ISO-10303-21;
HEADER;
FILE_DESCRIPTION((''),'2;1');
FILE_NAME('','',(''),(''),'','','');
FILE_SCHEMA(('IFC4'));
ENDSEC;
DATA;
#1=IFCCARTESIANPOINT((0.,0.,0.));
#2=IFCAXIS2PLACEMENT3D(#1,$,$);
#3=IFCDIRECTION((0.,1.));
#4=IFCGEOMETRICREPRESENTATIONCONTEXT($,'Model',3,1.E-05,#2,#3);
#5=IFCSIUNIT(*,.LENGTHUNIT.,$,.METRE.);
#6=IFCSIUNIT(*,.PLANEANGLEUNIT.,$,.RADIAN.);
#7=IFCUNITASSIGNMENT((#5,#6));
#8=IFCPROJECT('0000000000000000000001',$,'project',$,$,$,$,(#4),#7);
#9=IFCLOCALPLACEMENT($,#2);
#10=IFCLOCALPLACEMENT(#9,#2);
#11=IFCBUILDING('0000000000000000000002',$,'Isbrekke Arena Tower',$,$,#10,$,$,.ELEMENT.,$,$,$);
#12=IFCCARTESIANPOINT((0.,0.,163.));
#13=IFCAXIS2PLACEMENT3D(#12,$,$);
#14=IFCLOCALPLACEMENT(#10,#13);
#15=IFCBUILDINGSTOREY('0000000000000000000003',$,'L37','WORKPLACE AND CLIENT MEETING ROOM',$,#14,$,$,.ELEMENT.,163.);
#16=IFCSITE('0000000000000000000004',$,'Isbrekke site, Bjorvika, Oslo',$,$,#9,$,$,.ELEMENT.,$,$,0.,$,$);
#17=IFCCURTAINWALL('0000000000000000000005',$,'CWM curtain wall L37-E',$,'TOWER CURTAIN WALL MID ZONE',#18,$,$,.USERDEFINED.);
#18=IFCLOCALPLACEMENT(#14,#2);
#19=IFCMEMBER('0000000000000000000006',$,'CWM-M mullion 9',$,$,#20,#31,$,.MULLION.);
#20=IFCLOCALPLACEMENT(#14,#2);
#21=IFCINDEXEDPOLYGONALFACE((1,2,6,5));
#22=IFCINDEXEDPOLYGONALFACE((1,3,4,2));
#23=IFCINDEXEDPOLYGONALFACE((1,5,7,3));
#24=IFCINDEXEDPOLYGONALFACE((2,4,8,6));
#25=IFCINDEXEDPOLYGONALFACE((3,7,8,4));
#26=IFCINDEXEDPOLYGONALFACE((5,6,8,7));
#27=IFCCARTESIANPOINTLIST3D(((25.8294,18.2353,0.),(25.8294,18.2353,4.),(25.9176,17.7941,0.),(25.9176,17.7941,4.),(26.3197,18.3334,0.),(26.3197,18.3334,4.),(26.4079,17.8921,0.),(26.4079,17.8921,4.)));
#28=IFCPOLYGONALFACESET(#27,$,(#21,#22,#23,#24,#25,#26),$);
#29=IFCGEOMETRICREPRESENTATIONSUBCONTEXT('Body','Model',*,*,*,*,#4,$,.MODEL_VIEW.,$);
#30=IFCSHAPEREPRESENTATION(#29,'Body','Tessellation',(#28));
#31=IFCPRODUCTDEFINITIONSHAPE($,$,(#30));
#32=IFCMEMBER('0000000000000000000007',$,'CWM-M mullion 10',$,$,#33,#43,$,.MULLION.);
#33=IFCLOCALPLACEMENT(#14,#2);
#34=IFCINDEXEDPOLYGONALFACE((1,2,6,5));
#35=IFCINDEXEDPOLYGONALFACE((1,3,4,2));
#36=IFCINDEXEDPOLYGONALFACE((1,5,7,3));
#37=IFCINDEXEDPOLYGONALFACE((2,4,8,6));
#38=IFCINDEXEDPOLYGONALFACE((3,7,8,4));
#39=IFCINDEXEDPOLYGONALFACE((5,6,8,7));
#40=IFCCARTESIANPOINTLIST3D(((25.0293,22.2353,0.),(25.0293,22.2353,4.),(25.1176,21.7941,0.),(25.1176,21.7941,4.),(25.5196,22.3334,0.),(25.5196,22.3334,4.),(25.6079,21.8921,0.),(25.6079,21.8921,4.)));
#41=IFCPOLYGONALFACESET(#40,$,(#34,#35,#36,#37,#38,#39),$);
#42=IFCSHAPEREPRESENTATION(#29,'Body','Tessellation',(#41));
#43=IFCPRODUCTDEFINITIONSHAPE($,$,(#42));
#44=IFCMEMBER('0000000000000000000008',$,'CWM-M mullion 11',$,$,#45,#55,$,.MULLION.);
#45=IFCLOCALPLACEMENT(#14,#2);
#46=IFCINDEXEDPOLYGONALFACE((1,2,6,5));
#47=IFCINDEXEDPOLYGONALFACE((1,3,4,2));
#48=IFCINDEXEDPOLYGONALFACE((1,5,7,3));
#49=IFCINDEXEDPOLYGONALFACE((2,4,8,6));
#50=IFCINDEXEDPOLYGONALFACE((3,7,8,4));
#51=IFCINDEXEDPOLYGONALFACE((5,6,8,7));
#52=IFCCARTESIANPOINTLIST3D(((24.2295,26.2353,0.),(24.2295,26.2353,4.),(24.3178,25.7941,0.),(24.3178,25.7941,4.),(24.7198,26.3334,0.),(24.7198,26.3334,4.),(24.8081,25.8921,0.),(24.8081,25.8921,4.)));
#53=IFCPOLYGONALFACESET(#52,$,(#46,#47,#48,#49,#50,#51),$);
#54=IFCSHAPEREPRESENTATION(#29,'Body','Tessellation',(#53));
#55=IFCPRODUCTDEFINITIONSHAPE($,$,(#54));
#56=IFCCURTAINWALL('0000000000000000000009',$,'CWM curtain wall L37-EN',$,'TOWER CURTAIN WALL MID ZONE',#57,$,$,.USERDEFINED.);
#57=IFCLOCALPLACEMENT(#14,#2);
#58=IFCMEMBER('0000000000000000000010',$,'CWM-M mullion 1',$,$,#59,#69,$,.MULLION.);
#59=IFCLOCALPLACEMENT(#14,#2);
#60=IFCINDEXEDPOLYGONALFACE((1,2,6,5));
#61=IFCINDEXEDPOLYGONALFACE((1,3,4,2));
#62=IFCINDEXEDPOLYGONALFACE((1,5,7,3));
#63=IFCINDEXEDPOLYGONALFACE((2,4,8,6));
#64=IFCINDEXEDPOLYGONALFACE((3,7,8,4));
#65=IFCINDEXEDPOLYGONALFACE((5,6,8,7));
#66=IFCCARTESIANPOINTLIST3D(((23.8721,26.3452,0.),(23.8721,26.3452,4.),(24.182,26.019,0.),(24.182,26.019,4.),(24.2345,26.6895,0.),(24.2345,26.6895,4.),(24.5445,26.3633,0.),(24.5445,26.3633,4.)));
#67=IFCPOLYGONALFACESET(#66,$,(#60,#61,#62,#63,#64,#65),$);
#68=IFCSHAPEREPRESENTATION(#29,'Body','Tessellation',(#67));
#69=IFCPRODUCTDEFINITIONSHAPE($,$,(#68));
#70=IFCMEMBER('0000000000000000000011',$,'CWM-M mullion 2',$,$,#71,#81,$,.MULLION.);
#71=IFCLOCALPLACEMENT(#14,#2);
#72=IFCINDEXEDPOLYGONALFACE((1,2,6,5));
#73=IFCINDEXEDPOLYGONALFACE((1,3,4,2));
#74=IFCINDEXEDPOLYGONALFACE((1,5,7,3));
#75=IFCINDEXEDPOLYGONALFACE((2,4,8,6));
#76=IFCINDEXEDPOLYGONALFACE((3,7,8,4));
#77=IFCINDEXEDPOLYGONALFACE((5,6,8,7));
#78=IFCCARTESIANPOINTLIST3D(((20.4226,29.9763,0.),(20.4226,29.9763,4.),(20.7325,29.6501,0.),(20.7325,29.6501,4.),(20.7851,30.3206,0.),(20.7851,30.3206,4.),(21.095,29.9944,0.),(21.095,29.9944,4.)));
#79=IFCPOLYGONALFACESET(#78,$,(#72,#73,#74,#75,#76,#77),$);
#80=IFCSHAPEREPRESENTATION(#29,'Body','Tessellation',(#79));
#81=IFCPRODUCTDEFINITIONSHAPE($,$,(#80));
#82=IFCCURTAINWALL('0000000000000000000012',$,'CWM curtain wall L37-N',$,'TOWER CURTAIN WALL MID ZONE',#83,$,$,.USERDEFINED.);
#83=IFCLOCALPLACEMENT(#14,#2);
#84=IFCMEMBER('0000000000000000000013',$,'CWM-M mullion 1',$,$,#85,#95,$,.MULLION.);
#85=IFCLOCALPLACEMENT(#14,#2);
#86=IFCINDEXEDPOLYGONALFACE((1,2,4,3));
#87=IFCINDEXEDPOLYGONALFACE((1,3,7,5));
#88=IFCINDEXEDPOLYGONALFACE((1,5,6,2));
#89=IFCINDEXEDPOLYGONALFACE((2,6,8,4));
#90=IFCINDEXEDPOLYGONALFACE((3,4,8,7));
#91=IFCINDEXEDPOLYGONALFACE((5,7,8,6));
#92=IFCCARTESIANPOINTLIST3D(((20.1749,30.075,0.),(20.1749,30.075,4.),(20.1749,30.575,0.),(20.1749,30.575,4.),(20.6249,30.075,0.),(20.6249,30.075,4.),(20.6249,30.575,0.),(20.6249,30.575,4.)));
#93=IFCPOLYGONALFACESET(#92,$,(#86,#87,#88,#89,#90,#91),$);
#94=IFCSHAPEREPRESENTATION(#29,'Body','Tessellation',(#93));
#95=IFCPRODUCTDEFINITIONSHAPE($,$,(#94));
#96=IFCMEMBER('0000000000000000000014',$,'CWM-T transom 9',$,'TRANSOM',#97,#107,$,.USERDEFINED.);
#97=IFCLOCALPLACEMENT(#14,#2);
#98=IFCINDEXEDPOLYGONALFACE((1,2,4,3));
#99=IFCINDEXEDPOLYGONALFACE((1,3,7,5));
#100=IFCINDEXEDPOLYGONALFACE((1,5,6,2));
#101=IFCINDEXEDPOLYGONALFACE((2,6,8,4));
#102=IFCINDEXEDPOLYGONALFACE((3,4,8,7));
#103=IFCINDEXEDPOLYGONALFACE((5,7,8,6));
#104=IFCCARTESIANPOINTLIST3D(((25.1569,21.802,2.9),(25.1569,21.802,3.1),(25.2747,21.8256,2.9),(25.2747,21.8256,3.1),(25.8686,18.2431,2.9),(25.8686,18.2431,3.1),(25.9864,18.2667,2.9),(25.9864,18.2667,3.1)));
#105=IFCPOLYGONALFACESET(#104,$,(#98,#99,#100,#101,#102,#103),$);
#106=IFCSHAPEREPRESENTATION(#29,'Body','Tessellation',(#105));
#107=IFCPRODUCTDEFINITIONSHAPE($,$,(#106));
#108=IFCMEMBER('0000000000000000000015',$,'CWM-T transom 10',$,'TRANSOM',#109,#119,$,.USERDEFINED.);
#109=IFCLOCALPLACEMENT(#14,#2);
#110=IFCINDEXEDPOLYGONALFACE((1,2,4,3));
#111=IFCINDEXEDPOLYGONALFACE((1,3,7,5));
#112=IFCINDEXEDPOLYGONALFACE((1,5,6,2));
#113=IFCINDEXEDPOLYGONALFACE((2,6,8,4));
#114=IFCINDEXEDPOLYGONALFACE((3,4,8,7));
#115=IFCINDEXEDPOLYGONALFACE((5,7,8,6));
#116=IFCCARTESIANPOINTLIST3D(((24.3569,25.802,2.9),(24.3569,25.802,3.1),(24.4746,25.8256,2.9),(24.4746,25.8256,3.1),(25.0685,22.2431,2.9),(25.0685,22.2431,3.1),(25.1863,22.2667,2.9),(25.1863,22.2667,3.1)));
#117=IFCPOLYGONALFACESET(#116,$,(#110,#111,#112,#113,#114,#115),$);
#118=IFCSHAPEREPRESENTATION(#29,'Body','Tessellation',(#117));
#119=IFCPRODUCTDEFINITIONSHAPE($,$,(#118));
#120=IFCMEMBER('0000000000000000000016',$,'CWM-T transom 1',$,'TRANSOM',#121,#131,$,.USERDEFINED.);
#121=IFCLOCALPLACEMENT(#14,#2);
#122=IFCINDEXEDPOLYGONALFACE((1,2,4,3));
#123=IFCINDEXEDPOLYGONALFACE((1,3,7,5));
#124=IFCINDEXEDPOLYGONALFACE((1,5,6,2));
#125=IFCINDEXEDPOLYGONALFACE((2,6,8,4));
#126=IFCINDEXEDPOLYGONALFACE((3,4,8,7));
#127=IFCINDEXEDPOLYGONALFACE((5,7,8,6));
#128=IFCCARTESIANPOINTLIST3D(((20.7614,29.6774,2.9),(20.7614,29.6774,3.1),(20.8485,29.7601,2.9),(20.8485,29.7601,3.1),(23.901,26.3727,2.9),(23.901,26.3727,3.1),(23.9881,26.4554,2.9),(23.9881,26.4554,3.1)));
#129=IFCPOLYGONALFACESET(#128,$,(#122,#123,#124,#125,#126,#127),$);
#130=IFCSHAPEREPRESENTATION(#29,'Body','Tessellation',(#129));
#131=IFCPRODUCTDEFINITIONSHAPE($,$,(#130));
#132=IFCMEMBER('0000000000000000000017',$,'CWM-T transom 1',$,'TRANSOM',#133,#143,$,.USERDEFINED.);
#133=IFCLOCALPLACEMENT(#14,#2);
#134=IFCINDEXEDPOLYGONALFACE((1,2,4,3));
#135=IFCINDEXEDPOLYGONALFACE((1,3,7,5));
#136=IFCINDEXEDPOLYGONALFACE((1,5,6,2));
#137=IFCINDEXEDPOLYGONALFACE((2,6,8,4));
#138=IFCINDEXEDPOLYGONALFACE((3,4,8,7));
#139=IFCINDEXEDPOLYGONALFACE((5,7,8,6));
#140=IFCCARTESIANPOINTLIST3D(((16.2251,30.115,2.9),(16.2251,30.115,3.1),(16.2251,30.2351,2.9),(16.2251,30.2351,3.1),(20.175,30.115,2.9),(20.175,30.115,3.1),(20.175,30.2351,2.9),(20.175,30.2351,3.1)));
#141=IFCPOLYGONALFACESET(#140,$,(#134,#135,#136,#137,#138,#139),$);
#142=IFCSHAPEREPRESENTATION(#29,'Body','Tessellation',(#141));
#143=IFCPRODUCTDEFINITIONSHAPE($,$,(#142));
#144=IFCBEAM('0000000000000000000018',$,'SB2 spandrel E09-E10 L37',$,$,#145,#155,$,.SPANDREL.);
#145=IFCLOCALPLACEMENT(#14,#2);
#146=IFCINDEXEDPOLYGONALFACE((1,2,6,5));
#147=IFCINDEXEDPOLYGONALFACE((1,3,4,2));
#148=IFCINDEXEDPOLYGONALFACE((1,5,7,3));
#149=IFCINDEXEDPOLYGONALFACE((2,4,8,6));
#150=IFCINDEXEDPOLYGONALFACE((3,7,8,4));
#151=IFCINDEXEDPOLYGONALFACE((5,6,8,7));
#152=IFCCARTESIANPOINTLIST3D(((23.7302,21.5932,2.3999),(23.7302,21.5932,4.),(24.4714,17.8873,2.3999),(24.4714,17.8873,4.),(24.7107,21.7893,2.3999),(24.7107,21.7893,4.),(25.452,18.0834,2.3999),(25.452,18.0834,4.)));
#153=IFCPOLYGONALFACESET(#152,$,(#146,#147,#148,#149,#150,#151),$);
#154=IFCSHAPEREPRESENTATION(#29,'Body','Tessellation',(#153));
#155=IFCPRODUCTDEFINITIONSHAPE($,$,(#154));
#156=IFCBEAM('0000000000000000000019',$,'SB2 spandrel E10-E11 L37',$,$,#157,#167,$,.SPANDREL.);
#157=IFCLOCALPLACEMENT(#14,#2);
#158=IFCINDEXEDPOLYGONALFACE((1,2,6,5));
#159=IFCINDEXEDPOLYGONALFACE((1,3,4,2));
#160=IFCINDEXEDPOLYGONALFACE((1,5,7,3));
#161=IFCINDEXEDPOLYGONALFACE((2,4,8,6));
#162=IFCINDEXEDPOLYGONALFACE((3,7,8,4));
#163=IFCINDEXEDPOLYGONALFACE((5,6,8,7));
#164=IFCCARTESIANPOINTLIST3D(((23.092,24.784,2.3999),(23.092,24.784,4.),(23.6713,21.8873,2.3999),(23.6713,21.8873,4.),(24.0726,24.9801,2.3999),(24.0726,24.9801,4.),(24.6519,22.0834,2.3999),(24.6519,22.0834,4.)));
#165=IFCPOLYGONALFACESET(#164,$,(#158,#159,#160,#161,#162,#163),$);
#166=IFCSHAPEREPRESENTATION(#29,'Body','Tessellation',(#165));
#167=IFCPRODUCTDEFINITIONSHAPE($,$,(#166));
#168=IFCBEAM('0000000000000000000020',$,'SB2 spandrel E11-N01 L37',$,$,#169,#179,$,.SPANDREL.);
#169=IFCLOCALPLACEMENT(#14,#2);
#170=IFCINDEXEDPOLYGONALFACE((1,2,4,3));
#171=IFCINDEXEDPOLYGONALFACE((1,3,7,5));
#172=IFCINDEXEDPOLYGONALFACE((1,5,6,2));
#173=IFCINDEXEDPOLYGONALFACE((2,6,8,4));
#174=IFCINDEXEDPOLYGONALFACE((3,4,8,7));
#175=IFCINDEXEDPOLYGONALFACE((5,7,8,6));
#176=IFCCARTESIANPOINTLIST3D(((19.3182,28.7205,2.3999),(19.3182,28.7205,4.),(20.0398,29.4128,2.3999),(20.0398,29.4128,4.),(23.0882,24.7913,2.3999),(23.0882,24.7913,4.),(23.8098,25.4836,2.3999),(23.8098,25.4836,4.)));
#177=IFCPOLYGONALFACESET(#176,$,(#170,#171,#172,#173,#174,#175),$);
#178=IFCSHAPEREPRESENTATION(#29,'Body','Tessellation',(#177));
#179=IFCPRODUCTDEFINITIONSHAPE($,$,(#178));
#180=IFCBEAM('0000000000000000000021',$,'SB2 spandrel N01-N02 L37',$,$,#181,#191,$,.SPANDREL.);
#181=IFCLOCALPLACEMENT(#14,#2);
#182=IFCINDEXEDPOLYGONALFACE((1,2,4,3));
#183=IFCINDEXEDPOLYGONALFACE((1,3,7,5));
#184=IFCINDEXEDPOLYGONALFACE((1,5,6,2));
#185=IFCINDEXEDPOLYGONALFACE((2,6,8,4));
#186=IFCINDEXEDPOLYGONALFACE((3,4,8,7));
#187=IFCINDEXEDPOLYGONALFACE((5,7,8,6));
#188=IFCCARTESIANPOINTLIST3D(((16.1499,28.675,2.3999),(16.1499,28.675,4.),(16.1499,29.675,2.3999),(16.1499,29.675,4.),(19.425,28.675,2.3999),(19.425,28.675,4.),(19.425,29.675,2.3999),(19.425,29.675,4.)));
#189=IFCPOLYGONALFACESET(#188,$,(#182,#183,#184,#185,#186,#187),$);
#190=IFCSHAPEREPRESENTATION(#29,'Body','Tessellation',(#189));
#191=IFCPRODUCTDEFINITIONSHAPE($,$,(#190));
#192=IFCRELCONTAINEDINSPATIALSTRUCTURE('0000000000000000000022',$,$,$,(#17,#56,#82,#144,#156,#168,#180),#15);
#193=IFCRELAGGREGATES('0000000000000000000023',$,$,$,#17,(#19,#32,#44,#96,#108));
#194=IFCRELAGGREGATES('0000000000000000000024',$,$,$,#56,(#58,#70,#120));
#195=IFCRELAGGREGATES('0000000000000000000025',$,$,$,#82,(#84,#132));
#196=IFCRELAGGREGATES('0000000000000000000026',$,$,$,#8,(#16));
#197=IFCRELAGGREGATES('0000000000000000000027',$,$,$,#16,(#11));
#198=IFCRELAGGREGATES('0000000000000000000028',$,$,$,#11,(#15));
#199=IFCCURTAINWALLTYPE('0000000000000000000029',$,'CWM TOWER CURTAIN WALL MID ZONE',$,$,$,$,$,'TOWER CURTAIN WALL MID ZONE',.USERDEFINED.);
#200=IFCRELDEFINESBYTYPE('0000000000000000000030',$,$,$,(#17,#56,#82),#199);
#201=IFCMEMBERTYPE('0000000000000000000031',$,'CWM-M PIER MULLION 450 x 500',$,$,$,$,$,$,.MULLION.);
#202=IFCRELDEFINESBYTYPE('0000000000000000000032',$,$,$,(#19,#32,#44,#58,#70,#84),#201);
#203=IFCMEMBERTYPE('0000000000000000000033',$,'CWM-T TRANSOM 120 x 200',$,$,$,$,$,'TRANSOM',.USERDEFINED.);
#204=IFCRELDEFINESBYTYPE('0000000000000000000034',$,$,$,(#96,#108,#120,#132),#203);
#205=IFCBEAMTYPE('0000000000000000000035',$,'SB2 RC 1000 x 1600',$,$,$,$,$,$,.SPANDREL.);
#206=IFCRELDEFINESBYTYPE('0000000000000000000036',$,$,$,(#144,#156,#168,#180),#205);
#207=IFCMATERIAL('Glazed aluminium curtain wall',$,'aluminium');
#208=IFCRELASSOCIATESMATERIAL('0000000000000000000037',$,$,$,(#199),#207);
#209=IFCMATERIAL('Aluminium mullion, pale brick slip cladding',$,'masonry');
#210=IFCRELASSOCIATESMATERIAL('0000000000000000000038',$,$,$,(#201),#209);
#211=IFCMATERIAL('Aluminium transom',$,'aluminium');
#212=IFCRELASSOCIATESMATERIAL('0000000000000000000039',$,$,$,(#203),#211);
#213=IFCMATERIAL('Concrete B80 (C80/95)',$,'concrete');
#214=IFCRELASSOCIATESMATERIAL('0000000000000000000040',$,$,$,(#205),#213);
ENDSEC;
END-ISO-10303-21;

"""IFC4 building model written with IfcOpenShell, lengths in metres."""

from ifc_helpers import new_model, si_unit, direction, frame, origin, origin_2d, place, context, subcontext, project, spatial, rectangle, extrude, material, material_profile, profile_set, type_object, element, aggregate, save


model = new_model("IFC4")

# Units and contexts
model_context = context("Model", 3, precision=1e-05, world=origin(), true_north=direction((0.0, 1.0)))
body_context = subcontext(model_context, "Body", "Model", "MODEL_VIEW")
ifc_project = project(units=[si_unit("LENGTHUNIT", "METRE"), si_unit("PLANEANGLEUNIT", "RADIAN")], contexts=[model_context])

# Site, building, storey
site_placement = place(None, origin())
site = spatial("IfcSite", under=ifc_project, at=site_placement, Name="Isbrekke site, Bjorvika, Oslo", CompositionType="ELEMENT", RefElevation=0.0)
building_placement = place(site_placement, origin())
building = spatial("IfcBuilding", under=site, at=building_placement, Name="Isbrekke Arena Tower", CompositionType="ELEMENT")
storey_placement = place(building_placement, frame((0.0, 0.0, 163.0)))
storey = spatial("IfcBuildingStorey", under=building, at=storey_placement, Name="L37", Description="WORKPLACE AND CLIENT MEETING ROOM", CompositionType="ELEMENT", Elevation=163.0)

# Curtain walls, members
ifc_material_1 = material(Name="Glazed aluminium curtain wall", Category="aluminium")
curtain_wall_type = type_object("IfcCurtainWallType", Name="CWM TOWER CURTAIN WALL MID ZONE", ElementType="TOWER CURTAIN WALL MID ZONE", PredefinedType="USERDEFINED", material=ifc_material_1)
curtain_wall_1_placement = place(storey_placement, origin())
curtain_wall_1 = element("IfcCurtainWall", 1, at=curtain_wall_1_placement, inside=storey, type_object=curtain_wall_type, Name="CWM curtain wall L37-E", ObjectType="TOWER CURTAIN WALL MID ZONE", PredefinedType="USERDEFINED")
ifc_material_2 = material(Name="Aluminium mullion, pale brick slip cladding", Category="masonry")
ifc_material_profile_1 = material_profile(ifc_material_2, rectangle(XDim=0.45, YDim=0.5, at=origin_2d()), Name="PIER 450X500")
ifc_profile_set_1 = profile_set([ifc_material_profile_1], Name="Aluminium mullion, pale brick slip cladding")
member_type_1 = type_object("IfcMemberType", Name="CWM-M PIER MULLION 450 x 500", PredefinedType="MULLION", material=ifc_profile_set_1)
member_1_placement = place(storey_placement, frame((26.1187, 18.0637, 0.0), z_axis=(0.0, 0.0, 1.0), x_axis=(-0.196116, 0.980581, 0.0)))
member_1 = element("IfcMember", 2, at=member_1_placement, type_object=member_type_1, Name="CWM-M mullion 9", PredefinedType="MULLION", context=body_context, shape_type="SweptSolid", body=[
    extrude(rectangle(XDim=0.45, YDim=0.5, at=origin_2d()), origin(), (0.0, 0.0, 1.0), 4.0),
])
member_2_placement = place(storey_placement, frame((25.3186, 22.0637, 0.0), z_axis=(0.0, 0.0, 1.0), x_axis=(-0.196116, 0.980581, 0.0)))
member_2 = element("IfcMember", 3, at=member_2_placement, type_object=member_type_1, Name="CWM-M mullion 10", PredefinedType="MULLION", context=body_context, shape_type="SweptSolid", body=[
    extrude(rectangle(XDim=0.45, YDim=0.5, at=origin_2d()), origin(), (0.0, 0.0, 1.0), 4.0),
])
member_3_placement = place(storey_placement, frame((24.5188, 26.0637, 0.0), z_axis=(0.0, 0.0, 1.0), x_axis=(-0.196116, 0.980581, 0.0)))
member_3 = element("IfcMember", 4, at=member_3_placement, type_object=member_type_1, Name="CWM-M mullion 11", PredefinedType="MULLION", context=body_context, shape_type="SweptSolid", body=[
    extrude(rectangle(XDim=0.45, YDim=0.5, at=origin_2d()), origin(), (0.0, 0.0, 1.0), 4.0),
])
curtain_wall_2_placement = place(storey_placement, origin())
curtain_wall_2 = element("IfcCurtainWall", 5, at=curtain_wall_2_placement, inside=storey, type_object=curtain_wall_type, Name="CWM curtain wall L37-EN", ObjectType="TOWER CURTAIN WALL MID ZONE", PredefinedType="USERDEFINED")
member_4_placement = place(storey_placement, frame((24.2083, 26.3542, 0.0), z_axis=(0.0, 0.0, 1.0), x_axis=(-0.688749, 0.724999, 0.0)))
member_4 = element("IfcMember", 6, at=member_4_placement, type_object=member_type_1, Name="CWM-M mullion 1", PredefinedType="MULLION", context=body_context, shape_type="SweptSolid", body=[
    extrude(rectangle(XDim=0.45, YDim=0.5, at=origin_2d()), origin(), (0.0, 0.0, 1.0), 4.0),
])
member_5_placement = place(storey_placement, frame((20.7588, 29.9854, 0.0), z_axis=(0.0, 0.0, 1.0), x_axis=(-0.688749, 0.724999, 0.0)))
member_5 = element("IfcMember", 7, at=member_5_placement, type_object=member_type_1, Name="CWM-M mullion 2", PredefinedType="MULLION", context=body_context, shape_type="SweptSolid", body=[
    extrude(rectangle(XDim=0.45, YDim=0.5, at=origin_2d()), origin(), (0.0, 0.0, 1.0), 4.0),
])

# Curtain wall, member
curtain_wall_3_placement = place(storey_placement, origin())
curtain_wall_3 = element("IfcCurtainWall", 8, at=curtain_wall_3_placement, inside=storey, type_object=curtain_wall_type, Name="CWM curtain wall L37-N", ObjectType="TOWER CURTAIN WALL MID ZONE", PredefinedType="USERDEFINED")
member_6_placement = place(storey_placement, frame((20.3999, 30.325, 0.0), z_axis=(0.0, 0.0, 1.0), x_axis=(-1.0, 0.0, 0.0)))
member_6 = element("IfcMember", 9, at=member_6_placement, type_object=member_type_1, Name="CWM-M mullion 1", PredefinedType="MULLION", context=body_context, shape_type="SweptSolid", body=[
    extrude(rectangle(XDim=0.45, YDim=0.5, at=origin_2d()), origin(), (0.0, 0.0, 1.0), 4.0),
])

# Members
ifc_material_3 = material(Name="Aluminium transom", Category="aluminium")
ifc_material_profile_2 = material_profile(ifc_material_3, rectangle(XDim=0.1201, YDim=0.2, at=origin_2d()), Name="TRANSOM 120X200")
ifc_profile_set_2 = profile_set([ifc_material_profile_2], Name="Aluminium transom")
member_type_2 = type_object("IfcMemberType", Name="CWM-T TRANSOM 120 x 200", ElementType="TRANSOM", PredefinedType="USERDEFINED", material=ifc_profile_set_2)
member_7_placement = place(storey_placement, frame((25.9275, 18.2549, 3.0), z_axis=(-0.19609, 0.980586, 0.0), x_axis=(-0.980586, -0.19609, 0.0)))
member_7 = element("IfcMember", 10, at=member_7_placement, type_object=member_type_2, Name="CWM-T transom 9", ObjectType="TRANSOM", PredefinedType="USERDEFINED", context=body_context, shape_type="SweptSolid", body=[
    extrude(rectangle(XDim=0.1201, YDim=0.2, at=origin_2d()), origin(), (0.0, 0.0, 1.0), 3.6294),
])
member_8_placement = place(storey_placement, frame((25.1274, 22.2549, 3.0), z_axis=(-0.19609, 0.980586, 0.0), x_axis=(-0.980586, -0.19609, 0.0)))
member_8 = element("IfcMember", 11, at=member_8_placement, type_object=member_type_2, Name="CWM-T transom 10", ObjectType="TRANSOM", PredefinedType="USERDEFINED", context=body_context, shape_type="SweptSolid", body=[
    extrude(rectangle(XDim=0.1201, YDim=0.2, at=origin_2d()), origin(), (0.0, 0.0, 1.0), 3.6294),
])
member_9_placement = place(storey_placement, frame((23.9446, 26.4141, 3.0), z_axis=(-0.688772, 0.724978, 0.0), x_axis=(-0.724978, -0.688772, 0.0)))
member_9 = element("IfcMember", 12, at=member_9_placement, type_object=member_type_2, Name="CWM-T transom 1", ObjectType="TRANSOM", PredefinedType="USERDEFINED", context=body_context, shape_type="SweptSolid", body=[
    extrude(rectangle(XDim=0.1201, YDim=0.2, at=origin_2d()), origin(), (0.0, 0.0, 1.0), 4.5583),
])
member_10_placement = place(storey_placement, frame((20.175, 30.175, 3.0), z_axis=(-1.0, 0.0, 0.0), x_axis=(0.0, -1.0, 0.0)))
member_10 = element("IfcMember", 13, at=member_10_placement, type_object=member_type_2, Name="CWM-T transom 1", ObjectType="TRANSOM", PredefinedType="USERDEFINED", context=body_context, shape_type="SweptSolid", body=[
    extrude(rectangle(XDim=0.1201, YDim=0.2, at=origin_2d()), origin(), (0.0, 0.0, 1.0), 3.95),
])

# Beams
ifc_material_4 = material(Name="Concrete B80 (C80/95)", Category="concrete")
ifc_material_profile_3 = material_profile(ifc_material_4, rectangle(XDim=1.0, YDim=1.6001, at=origin_2d()), Name="RC 1000x1600")
ifc_profile_set_3 = profile_set([ifc_material_profile_3], Name="Concrete B80 (C80/95)")
beam_type_1 = type_object("IfcBeamType", Name="SB2 RC 1000 x 1600", PredefinedType="SPANDREL", material=ifc_profile_set_3)
beam_1_placement = place(storey_placement, frame((24.9617, 17.9854, 3.2), z_axis=(-0.196129, 0.980578, 0.0), x_axis=(-0.980578, -0.196129, 0.0)))
element("IfcBeam", 14, at=beam_1_placement, inside=storey, type_object=beam_type_1, Name="SB2 spandrel E09-E10 L37", PredefinedType="SPANDREL", context=body_context, shape_type="SweptSolid", body=[
    extrude(rectangle(XDim=1.0, YDim=1.6001, at=origin_2d()), origin(), (0.0, 0.0, 1.0), 3.7793),
])
beam_2_placement = place(storey_placement, frame((24.1616, 21.9854, 3.2), z_axis=(-0.196116, 0.980581, 0.0), x_axis=(-0.980581, -0.196116, 0.0)))
element("IfcBeam", 15, at=beam_2_placement, inside=storey, type_object=beam_type_1, Name="SB2 spandrel E10-E11 L37", PredefinedType="SPANDREL", context=body_context, shape_type="SweptSolid", body=[
    extrude(rectangle(XDim=1.0, YDim=1.6001, at=origin_2d()), origin(), (0.0, 0.0, 1.0), 2.9541),
])
beam_3_placement = place(storey_placement, frame((23.449, 25.1375, 3.2), z_axis=(-0.69234, 0.721572, 0.0), x_axis=(-0.721572, -0.69234, 0.0)))
element("IfcBeam", 16, at=beam_3_placement, inside=storey, type_object=beam_type_1, Name="SB2 spandrel E11-N01 L37", PredefinedType="SPANDREL", context=body_context, shape_type="SweptSolid", body=[
    extrude(rectangle(XDim=1.0, YDim=1.6001, at=origin_2d()), origin(), (0.0, 0.0, 1.0), 5.4453),
])
beam_4_placement = place(storey_placement, frame((19.425, 29.175, 3.2), z_axis=(-1.0, 0.0, 0.0), x_axis=(0.0, -1.0, 0.0)))
element("IfcBeam", 17, at=beam_4_placement, inside=storey, type_object=beam_type_1, Name="SB2 spandrel N01-N02 L37", PredefinedType="SPANDREL", context=body_context, shape_type="SweptSolid", body=[
    extrude(rectangle(XDim=1.0, YDim=1.6001, at=origin_2d()), origin(), (0.0, 0.0, 1.0), 3.2751),
])

aggregate(curtain_wall_1, [member_1, member_2, member_3, member_7, member_8])
aggregate(curtain_wall_2, [member_4, member_5, member_9])
aggregate(curtain_wall_3, [member_6, member_10])

save(model, "model.ifc")
